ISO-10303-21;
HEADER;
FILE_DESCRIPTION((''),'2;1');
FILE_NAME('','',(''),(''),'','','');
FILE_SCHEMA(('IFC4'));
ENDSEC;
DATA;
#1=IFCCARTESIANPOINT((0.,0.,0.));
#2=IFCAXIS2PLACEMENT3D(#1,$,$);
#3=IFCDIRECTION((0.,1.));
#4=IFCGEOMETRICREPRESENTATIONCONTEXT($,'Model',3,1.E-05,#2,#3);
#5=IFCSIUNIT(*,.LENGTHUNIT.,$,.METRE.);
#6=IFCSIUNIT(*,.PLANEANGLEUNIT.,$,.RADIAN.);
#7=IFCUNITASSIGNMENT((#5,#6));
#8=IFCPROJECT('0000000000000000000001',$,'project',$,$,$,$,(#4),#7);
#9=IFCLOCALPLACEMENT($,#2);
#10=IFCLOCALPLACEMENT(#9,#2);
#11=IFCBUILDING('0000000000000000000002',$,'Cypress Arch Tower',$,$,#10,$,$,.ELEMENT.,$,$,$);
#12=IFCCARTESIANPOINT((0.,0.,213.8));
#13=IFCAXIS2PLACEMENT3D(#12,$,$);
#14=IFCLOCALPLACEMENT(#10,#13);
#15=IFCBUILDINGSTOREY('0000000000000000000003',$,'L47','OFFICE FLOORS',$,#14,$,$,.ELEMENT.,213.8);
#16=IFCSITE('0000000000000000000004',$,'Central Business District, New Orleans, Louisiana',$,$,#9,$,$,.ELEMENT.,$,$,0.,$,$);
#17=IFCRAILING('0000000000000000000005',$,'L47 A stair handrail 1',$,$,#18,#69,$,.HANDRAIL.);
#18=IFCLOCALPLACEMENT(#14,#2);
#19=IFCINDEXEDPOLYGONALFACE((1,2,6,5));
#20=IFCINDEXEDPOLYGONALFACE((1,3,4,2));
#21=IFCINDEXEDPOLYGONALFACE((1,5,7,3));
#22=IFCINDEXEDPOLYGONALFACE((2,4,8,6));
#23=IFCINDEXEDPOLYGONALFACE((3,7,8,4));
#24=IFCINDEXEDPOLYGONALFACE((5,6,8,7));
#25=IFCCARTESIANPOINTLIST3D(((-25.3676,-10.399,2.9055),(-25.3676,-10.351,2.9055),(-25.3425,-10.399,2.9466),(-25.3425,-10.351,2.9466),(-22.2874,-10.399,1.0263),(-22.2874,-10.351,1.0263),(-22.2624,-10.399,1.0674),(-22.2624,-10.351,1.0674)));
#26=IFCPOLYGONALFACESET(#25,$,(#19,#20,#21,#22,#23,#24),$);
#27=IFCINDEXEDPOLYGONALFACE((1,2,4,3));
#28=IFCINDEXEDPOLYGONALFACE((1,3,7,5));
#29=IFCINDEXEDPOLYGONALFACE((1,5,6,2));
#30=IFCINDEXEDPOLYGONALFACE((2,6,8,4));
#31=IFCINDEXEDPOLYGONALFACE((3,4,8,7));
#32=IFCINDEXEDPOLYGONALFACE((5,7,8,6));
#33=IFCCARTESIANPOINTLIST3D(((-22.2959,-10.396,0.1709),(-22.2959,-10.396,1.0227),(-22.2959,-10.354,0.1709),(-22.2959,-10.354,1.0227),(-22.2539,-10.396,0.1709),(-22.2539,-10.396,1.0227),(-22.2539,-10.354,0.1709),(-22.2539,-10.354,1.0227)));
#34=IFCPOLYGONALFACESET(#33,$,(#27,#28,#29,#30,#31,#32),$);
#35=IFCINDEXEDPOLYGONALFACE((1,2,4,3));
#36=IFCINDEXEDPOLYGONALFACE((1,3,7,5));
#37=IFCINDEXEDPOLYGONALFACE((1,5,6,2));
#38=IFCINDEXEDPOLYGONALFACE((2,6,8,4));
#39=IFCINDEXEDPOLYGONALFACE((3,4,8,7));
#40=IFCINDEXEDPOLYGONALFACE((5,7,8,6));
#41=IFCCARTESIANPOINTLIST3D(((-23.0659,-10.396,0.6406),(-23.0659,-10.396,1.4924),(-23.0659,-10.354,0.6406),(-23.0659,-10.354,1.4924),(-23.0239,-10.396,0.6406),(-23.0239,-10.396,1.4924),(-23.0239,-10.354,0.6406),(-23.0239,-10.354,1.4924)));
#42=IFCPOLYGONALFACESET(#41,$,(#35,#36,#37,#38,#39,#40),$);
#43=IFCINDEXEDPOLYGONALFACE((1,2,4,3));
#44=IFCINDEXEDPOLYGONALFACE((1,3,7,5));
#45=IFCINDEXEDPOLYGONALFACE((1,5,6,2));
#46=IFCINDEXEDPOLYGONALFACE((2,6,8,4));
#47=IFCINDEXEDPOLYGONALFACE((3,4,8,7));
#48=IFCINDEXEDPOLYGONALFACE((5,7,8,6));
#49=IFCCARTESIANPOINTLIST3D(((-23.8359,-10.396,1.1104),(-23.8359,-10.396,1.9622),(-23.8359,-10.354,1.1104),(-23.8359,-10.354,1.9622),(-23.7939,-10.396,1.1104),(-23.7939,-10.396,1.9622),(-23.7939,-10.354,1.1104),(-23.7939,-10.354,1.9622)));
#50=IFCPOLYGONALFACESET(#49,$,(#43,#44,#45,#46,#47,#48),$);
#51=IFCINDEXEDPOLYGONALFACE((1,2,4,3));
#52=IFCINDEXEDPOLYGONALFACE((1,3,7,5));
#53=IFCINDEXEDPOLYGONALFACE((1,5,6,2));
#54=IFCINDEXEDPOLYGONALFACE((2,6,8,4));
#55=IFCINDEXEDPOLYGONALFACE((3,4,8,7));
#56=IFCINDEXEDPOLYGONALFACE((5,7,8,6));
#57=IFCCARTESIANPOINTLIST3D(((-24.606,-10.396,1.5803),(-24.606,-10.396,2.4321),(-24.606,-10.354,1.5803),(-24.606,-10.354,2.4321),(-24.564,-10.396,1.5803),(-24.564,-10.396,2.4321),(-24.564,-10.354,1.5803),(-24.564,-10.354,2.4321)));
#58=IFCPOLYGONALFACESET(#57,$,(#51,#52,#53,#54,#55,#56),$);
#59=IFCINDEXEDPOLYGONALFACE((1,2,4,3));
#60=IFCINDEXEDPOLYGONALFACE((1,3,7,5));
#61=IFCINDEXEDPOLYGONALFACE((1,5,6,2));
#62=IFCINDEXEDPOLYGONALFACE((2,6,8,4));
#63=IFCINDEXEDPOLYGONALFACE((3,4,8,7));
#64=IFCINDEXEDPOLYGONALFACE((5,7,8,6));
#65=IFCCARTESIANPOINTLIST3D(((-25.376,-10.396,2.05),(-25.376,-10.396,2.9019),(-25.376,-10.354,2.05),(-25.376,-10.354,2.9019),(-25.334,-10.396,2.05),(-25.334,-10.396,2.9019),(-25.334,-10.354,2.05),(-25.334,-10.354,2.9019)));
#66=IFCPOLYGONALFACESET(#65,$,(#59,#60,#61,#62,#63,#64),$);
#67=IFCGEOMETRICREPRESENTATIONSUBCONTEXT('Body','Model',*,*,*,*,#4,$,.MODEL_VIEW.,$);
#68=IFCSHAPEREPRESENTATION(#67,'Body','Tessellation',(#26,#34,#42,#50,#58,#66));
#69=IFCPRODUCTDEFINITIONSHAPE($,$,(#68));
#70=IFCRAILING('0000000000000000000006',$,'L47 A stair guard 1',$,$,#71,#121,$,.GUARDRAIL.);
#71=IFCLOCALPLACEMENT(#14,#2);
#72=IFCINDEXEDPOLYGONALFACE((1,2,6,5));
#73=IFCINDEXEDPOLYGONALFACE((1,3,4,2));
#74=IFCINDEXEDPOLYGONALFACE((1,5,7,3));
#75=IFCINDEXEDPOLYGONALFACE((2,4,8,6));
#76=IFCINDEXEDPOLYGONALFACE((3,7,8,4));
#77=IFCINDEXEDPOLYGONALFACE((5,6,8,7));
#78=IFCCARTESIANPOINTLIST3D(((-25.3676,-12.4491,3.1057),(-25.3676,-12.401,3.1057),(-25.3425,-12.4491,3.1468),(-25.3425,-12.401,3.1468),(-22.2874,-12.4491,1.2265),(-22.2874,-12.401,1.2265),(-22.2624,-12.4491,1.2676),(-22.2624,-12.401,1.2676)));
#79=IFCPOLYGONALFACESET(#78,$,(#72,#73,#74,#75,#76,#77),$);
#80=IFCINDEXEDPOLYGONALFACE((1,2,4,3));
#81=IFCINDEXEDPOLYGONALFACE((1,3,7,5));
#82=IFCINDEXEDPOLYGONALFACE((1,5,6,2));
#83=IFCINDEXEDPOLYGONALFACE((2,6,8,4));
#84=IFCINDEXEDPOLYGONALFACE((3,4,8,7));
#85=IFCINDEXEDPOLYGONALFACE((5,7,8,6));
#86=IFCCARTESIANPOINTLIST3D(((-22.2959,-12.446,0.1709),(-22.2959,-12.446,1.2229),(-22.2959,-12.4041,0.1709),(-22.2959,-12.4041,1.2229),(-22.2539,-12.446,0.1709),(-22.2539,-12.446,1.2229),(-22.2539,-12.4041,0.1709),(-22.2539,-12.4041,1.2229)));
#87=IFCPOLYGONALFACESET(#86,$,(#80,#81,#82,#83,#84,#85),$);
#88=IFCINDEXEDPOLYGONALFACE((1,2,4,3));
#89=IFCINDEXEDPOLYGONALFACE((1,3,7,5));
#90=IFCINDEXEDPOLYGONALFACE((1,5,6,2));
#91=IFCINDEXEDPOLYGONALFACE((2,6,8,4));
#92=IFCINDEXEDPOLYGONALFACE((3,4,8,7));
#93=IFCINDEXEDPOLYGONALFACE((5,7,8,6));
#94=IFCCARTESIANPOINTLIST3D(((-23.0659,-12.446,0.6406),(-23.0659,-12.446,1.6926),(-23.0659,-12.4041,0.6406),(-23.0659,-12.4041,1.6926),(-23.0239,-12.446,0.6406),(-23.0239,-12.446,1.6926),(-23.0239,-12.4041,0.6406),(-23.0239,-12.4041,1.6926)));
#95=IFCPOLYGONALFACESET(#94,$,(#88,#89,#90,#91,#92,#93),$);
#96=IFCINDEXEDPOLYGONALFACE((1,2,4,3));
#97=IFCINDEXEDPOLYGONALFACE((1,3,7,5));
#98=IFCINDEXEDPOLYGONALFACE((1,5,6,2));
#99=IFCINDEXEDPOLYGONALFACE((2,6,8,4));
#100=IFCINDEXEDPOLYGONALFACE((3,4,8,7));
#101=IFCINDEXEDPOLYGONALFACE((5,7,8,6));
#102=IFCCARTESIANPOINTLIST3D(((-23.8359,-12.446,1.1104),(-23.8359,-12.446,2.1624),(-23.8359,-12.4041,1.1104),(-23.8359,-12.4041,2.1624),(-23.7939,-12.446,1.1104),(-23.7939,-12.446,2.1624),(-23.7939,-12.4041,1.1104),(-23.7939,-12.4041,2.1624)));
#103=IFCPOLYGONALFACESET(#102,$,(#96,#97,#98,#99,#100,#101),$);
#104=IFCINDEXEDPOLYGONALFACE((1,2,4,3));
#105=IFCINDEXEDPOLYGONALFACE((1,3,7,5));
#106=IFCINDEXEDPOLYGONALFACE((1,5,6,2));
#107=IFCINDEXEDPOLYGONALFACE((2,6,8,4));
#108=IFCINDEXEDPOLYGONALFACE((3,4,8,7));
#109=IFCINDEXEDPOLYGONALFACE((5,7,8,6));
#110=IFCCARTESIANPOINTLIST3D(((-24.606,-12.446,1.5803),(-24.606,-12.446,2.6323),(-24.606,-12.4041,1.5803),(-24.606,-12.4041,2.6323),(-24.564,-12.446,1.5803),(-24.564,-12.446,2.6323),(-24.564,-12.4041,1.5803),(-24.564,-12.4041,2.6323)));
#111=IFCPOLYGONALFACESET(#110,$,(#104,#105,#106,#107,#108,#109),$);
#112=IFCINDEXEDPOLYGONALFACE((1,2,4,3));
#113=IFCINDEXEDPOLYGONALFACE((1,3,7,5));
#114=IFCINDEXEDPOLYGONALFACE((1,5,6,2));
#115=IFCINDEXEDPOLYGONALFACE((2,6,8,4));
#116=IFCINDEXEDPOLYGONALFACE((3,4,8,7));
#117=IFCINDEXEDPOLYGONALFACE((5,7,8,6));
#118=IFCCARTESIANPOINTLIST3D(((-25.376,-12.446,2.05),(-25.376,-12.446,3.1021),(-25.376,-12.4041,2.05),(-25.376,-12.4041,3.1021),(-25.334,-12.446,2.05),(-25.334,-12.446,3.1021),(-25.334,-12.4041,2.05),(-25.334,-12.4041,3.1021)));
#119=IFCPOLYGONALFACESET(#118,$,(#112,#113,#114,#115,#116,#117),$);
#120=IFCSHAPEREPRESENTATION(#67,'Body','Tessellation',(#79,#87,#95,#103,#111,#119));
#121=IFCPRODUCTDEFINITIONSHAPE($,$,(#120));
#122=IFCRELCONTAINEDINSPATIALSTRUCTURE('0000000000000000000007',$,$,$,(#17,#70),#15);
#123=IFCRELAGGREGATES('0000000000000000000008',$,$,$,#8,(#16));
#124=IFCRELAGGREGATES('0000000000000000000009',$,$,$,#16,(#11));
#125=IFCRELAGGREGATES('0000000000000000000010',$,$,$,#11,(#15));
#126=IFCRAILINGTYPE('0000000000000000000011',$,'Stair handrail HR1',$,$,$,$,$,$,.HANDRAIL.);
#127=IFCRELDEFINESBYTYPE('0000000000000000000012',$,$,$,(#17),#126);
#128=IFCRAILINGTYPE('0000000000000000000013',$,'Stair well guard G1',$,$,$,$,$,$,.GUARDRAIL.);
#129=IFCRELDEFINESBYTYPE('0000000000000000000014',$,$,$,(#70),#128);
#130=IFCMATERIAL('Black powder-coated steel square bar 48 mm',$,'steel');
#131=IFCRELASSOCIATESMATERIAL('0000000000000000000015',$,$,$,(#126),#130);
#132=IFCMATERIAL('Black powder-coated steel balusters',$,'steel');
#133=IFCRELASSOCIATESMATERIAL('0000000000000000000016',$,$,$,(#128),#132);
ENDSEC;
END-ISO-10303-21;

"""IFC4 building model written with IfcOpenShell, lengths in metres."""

from ifc_helpers import new_model, si_unit, direction, frame, origin, origin_2d, place, context, subcontext, project, spatial, rectangle, extrude, material, type_object, element, save


model = new_model("IFC4")

# Units and contexts
model_context = context("Model", 3, precision=1e-05, world=origin(), true_north=direction((0.0, 1.0)))
body_context = subcontext(model_context, "Body", "Model", "MODEL_VIEW")
ifc_project = project(units=[si_unit("LENGTHUNIT", "METRE"), si_unit("PLANEANGLEUNIT", "RADIAN")], contexts=[model_context])

# Site, building, storey
site_placement = place(None, origin())
site = spatial("IfcSite", under=ifc_project, at=site_placement, Name="Central Business District, New Orleans, Louisiana", CompositionType="ELEMENT", RefElevation=0.0)
building_placement = place(site_placement, origin())
building = spatial("IfcBuilding", under=site, at=building_placement, Name="Cypress Arch Tower", CompositionType="ELEMENT")
storey_placement = place(building_placement, frame((0.0, 0.0, 213.8)))
storey = spatial("IfcBuildingStorey", under=building, at=storey_placement, Name="L47", Description="OFFICE FLOORS", CompositionType="ELEMENT", Elevation=213.8)

# Railings
ifc_material_1 = material(Name="Black powder-coated steel square bar 48 mm", Category="steel")
railing_type_1 = type_object("IfcRailingType", Name="Stair handrail HR1", PredefinedType="HANDRAIL", material=ifc_material_1)
railing_1_placement = place(storey_placement, frame((-22.2749, -10.375, 0.1709)))
element("IfcRailing", 1, at=railing_1_placement, inside=storey, type_object=railing_type_1, Name="L47 A stair handrail 1", PredefinedType="HANDRAIL", context=body_context, shape_type="SweptSolid", body=[
    extrude(rectangle(XDim=0.0481, YDim=0.0481, at=origin_2d()), frame((0.0, 0.0, 0.876), z_axis=(-0.853666, 0.0, 0.52082), x_axis=(0.0, -1.0, 0.0)), (0.0, 0.0, 1.0), 3.6082),
    extrude(rectangle(XDim=0.042, YDim=0.042, at=origin_2d()), origin(), (0.0, 0.0, 1.0), 0.8518),
    extrude(rectangle(XDim=0.042, YDim=0.042, at=origin_2d()), frame((-0.77, 0.0, 0.4697)), (0.0, 0.0, 1.0), 0.8518),
    extrude(rectangle(XDim=0.042, YDim=0.042, at=origin_2d()), frame((-1.54, 0.0, 0.9395)), (0.0, 0.0, 1.0), 0.8518),
    extrude(rectangle(XDim=0.042, YDim=0.042, at=origin_2d()), frame((-2.3101, 0.0, 1.4094)), (0.0, 0.0, 1.0), 0.8518),
    extrude(rectangle(XDim=0.042, YDim=0.042, at=origin_2d()), frame((-3.0801, 0.0, 1.8792)), (0.0, 0.0, 1.0), 0.8518),
])
ifc_material_2 = material(Name="Black powder-coated steel balusters", Category="steel")
railing_type_2 = type_object("IfcRailingType", Name="Stair well guard G1", PredefinedType="GUARDRAIL", material=ifc_material_2)
railing_2_placement = place(storey_placement, frame((-22.2749, -12.425, 0.1709)))
element("IfcRailing", 2, at=railing_2_placement, inside=storey, type_object=railing_type_2, Name="L47 A stair guard 1", PredefinedType="GUARDRAIL", context=body_context, shape_type="SweptSolid", body=[
    extrude(rectangle(XDim=0.0481, YDim=0.0481, at=origin_2d()), frame((0.0, 0.0, 1.0762), z_axis=(-0.853666, 0.0, 0.52082), x_axis=(0.0, -1.0, 0.0)), (0.0, 0.0, 1.0), 3.6082),
    extrude(rectangle(XDim=0.042, YDim=0.042, at=origin_2d()), origin(), (0.0, 0.0, 1.0), 1.052),
    extrude(rectangle(XDim=0.042, YDim=0.042, at=origin_2d()), frame((-0.77, 0.0, 0.4697)), (0.0, 0.0, 1.0), 1.052),
    extrude(rectangle(XDim=0.042, YDim=0.042, at=origin_2d()), frame((-1.54, 0.0, 0.9395)), (0.0, 0.0, 1.0), 1.052),
    extrude(rectangle(XDim=0.042, YDim=0.042, at=origin_2d()), frame((-2.3101, 0.0, 1.4094)), (0.0, 0.0, 1.0), 1.052),
    extrude(rectangle(XDim=0.042, YDim=0.042, at=origin_2d()), frame((-3.0801, 0.0, 1.8792)), (0.0, 0.0, 1.0), 1.052),
])

save(model, "model.ifc")
